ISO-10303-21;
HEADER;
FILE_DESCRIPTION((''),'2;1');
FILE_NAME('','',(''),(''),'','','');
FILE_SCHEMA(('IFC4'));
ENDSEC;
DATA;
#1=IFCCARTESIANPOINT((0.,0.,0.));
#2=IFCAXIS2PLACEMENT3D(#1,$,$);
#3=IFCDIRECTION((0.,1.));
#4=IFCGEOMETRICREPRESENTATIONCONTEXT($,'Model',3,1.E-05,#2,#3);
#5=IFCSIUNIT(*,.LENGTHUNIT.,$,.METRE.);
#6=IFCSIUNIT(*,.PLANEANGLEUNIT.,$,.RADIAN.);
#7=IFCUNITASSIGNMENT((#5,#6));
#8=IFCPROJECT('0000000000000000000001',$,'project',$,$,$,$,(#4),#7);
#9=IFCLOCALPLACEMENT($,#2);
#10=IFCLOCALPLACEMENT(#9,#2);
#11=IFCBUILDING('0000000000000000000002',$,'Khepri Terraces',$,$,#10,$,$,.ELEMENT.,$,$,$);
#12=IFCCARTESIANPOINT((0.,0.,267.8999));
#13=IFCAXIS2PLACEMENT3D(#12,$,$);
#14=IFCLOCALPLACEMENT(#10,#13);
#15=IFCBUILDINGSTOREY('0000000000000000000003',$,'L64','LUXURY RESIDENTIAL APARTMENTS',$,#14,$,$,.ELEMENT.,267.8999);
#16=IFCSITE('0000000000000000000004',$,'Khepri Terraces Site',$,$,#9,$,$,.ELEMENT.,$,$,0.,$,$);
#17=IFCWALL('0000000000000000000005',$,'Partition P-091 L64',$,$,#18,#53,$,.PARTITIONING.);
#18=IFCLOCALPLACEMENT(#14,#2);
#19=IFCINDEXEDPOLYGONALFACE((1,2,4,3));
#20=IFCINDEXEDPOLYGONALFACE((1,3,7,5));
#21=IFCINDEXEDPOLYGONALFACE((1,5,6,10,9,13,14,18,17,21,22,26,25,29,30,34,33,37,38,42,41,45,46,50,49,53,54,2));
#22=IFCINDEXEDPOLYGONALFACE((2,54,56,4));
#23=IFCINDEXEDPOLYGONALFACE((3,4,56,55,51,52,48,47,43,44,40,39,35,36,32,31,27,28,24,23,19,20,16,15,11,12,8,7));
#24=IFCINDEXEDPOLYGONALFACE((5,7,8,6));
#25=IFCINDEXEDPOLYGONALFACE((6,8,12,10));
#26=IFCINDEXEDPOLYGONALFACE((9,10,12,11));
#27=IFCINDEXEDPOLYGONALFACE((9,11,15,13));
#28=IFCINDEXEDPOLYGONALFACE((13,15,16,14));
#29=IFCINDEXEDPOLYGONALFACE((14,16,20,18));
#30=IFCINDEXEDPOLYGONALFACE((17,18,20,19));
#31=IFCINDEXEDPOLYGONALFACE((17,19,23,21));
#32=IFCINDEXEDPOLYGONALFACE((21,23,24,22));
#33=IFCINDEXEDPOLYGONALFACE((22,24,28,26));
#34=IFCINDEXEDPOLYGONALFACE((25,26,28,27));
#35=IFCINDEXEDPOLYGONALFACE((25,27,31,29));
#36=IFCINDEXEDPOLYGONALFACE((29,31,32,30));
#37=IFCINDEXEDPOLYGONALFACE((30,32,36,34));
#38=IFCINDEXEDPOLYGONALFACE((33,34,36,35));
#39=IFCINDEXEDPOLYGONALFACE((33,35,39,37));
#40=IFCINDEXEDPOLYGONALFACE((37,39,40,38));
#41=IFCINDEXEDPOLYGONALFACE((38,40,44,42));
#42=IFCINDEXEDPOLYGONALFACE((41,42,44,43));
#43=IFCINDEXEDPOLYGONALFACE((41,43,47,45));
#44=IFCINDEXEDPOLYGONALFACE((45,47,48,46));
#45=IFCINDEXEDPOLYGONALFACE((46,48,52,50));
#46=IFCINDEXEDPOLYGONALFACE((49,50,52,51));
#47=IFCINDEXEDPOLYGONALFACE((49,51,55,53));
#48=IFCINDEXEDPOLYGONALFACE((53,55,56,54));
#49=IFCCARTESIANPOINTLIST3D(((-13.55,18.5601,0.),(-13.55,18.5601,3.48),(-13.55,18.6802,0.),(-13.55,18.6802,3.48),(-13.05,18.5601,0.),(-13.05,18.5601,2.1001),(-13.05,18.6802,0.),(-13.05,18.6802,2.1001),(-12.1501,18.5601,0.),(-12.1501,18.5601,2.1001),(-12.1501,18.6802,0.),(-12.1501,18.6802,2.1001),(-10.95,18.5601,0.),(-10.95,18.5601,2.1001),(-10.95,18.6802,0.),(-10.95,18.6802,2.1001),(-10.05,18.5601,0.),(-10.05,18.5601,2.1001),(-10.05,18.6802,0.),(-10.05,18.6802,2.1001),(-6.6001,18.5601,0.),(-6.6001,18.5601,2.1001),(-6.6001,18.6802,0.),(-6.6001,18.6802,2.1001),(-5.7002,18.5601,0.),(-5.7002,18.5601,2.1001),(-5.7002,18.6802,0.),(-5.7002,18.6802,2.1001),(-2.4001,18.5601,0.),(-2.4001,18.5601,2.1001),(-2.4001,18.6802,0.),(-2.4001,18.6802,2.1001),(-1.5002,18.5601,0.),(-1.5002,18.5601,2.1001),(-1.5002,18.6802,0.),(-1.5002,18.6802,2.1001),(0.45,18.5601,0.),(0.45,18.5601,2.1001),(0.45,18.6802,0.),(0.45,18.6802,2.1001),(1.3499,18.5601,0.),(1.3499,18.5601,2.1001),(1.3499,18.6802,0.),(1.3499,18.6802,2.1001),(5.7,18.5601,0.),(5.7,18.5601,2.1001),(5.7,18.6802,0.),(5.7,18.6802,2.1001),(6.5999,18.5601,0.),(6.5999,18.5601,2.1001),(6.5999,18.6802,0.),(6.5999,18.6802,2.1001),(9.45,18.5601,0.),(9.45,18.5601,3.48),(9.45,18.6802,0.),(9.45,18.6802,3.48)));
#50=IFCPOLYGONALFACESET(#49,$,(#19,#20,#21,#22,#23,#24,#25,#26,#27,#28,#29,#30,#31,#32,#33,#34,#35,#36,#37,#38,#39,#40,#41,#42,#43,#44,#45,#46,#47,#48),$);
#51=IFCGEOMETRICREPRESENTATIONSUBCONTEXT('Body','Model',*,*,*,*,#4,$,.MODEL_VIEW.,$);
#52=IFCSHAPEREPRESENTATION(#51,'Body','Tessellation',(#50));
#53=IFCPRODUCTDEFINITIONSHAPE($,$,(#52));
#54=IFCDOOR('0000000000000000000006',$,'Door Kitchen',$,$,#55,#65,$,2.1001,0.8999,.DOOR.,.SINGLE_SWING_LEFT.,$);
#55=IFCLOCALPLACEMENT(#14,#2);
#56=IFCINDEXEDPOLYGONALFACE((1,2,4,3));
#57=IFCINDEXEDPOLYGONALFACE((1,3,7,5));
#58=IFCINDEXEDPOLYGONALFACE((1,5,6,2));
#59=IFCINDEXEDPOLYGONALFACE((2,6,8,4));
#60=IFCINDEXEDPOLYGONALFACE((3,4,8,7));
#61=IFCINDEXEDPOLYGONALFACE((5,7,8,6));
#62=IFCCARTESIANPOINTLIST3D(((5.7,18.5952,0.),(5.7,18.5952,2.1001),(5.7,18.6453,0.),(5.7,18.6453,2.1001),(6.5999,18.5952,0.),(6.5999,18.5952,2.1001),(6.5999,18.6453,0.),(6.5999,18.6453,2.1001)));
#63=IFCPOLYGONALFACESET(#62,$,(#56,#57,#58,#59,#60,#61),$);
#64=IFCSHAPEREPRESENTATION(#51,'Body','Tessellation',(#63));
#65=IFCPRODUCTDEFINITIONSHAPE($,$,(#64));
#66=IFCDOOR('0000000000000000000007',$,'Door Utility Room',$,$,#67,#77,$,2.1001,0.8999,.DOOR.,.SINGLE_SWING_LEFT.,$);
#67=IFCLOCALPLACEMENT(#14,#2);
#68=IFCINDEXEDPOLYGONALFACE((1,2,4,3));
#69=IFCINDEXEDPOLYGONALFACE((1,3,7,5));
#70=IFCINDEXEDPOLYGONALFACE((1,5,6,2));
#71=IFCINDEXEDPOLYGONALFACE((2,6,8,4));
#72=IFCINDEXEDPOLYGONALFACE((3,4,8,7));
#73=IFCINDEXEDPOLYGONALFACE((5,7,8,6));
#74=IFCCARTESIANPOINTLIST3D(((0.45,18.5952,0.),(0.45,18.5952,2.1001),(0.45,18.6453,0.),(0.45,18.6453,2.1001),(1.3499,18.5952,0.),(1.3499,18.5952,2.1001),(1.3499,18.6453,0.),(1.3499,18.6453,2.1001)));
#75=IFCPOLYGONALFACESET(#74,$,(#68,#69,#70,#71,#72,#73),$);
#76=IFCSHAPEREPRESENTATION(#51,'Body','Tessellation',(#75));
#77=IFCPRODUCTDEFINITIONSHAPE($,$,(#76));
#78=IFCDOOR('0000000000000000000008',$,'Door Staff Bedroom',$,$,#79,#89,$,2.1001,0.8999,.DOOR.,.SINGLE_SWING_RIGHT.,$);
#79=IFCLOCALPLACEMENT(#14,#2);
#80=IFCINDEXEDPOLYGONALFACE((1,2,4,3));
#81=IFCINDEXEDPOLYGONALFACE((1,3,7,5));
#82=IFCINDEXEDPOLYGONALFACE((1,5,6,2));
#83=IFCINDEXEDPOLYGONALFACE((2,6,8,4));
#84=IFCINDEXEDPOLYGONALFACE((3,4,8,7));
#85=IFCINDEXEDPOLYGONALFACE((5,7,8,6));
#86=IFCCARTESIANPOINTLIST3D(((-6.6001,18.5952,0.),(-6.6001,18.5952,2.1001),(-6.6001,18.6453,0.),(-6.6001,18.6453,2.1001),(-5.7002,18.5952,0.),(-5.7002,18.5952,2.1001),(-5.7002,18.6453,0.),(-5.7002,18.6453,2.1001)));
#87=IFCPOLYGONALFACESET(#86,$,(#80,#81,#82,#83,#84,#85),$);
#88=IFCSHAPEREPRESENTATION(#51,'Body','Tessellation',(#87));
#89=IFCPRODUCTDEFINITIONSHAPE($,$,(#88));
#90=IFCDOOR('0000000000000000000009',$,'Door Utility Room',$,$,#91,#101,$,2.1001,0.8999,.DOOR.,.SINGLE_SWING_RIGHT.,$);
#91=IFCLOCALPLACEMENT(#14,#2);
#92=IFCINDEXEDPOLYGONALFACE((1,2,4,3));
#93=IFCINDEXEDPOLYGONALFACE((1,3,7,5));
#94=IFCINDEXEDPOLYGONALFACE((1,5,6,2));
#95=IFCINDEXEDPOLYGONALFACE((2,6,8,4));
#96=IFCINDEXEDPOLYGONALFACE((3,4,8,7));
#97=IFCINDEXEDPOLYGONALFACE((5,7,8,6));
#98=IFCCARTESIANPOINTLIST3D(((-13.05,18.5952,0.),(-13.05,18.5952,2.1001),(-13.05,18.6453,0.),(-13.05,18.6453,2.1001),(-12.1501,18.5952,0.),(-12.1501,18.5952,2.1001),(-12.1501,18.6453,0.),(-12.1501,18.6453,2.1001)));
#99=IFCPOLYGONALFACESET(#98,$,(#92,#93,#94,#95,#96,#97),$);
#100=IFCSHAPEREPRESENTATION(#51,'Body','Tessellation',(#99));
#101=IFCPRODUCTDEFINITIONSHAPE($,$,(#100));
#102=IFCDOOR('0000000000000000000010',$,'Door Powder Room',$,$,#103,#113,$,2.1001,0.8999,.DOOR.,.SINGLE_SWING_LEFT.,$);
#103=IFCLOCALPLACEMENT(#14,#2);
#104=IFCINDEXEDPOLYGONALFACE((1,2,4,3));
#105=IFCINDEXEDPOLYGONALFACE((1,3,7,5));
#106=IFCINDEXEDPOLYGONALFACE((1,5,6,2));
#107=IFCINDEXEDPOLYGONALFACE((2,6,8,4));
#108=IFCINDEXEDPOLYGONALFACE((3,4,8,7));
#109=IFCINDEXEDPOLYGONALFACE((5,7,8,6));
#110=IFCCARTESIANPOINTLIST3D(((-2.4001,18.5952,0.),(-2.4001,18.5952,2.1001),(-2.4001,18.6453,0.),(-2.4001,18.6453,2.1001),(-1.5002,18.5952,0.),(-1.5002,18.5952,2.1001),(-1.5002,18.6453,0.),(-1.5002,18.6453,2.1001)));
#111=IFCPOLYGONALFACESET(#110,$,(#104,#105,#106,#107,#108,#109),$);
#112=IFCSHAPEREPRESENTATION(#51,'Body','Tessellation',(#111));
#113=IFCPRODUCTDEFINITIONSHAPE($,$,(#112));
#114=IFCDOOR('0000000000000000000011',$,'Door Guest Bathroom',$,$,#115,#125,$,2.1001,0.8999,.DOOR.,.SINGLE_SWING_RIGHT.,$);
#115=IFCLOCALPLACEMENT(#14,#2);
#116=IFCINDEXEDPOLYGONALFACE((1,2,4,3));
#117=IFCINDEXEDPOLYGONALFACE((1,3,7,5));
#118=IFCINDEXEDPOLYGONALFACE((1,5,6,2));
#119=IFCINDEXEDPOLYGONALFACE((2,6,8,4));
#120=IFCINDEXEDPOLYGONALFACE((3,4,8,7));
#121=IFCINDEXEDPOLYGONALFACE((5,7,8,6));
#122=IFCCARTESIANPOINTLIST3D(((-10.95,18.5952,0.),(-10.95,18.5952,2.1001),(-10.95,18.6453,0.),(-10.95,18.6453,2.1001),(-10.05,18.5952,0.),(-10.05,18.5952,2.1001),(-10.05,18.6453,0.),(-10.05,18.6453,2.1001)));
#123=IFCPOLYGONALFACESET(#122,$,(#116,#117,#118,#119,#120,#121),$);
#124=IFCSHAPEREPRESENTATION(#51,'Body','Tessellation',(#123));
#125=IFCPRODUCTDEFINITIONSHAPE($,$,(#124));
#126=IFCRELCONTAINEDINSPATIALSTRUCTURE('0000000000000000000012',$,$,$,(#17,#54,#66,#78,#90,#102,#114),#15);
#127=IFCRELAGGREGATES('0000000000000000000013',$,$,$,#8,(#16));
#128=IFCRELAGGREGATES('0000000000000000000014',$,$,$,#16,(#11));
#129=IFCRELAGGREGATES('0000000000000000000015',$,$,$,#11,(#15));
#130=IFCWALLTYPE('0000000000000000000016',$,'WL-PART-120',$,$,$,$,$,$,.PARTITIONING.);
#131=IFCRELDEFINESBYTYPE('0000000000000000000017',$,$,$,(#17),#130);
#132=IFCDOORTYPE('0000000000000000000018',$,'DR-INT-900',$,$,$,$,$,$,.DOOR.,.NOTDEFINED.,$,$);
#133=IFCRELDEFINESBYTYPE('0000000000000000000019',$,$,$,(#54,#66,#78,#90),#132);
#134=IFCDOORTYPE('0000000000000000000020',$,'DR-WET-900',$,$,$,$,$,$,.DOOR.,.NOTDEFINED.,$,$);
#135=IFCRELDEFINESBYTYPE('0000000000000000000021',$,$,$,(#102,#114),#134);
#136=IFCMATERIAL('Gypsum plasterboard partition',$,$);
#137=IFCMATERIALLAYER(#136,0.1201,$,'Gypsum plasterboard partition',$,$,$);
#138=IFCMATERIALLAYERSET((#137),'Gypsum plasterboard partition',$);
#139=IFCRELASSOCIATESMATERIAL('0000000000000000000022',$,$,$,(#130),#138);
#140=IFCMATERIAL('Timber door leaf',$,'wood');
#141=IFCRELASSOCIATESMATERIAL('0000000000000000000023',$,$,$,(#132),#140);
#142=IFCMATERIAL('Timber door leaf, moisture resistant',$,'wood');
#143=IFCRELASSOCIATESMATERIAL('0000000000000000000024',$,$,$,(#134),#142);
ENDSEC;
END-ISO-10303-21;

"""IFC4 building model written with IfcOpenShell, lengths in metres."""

from ifc_helpers import new_model, si_unit, direction, frame, frame_2d, origin, place, context, subcontext, project, spatial, rectangle, extrude, material, layer, layer_set, type_object, element, fill, save


model = new_model("IFC4")

# Units and contexts
model_context = context("Model", 3, precision=1e-05, world=origin(), true_north=direction((0.0, 1.0)))
body_context = subcontext(model_context, "Body", "Model", "MODEL_VIEW")
ifc_project = project(units=[si_unit("LENGTHUNIT", "METRE"), si_unit("PLANEANGLEUNIT", "RADIAN")], contexts=[model_context])

# Site, building, storey
site_placement = place(None, origin())
site = spatial("IfcSite", under=ifc_project, at=site_placement, Name="Khepri Terraces Site", CompositionType="ELEMENT", RefElevation=0.0)
building_placement = place(site_placement, origin())
building = spatial("IfcBuilding", under=site, at=building_placement, Name="Khepri Terraces", CompositionType="ELEMENT")
storey_placement = place(building_placement, frame((0.0, 0.0, 267.8999)))
storey = spatial("IfcBuildingStorey", under=building, at=storey_placement, Name="L64", Description="LUXURY RESIDENTIAL APARTMENTS", CompositionType="ELEMENT", Elevation=267.8999)

# Shared definitions
ifc_material_1 = material(Name="Gypsum plasterboard partition")
ifc_layer_1 = layer(ifc_material_1, 0.1201, Name="Gypsum plasterboard partition")
ifc_layer_set_1 = layer_set([ifc_layer_1], Name="Gypsum plasterboard partition")
wall_type_1 = type_object("IfcWallType", Name="WL-PART-120", PredefinedType="PARTITIONING", material=ifc_layer_set_1)

# Wall, openings, doors
wall_1_placement = place(storey_placement, frame((-13.55, 18.6201, 0.0), z_axis=(0.0, 0.0, 1.0), x_axis=(1.0, 0.0, 0.0)))
wall_1 = element("IfcWall", 1, at=wall_1_placement, inside=storey, type_object=wall_type_1, Name="Partition P-091 L64", PredefinedType="PARTITIONING", context=body_context, shape_type="SweptSolid", body=[
    extrude(rectangle(XDim=23.0, YDim=0.1201, at=frame_2d((11.5, 0.0))), origin(), (0.0, 0.0, 1.0), 3.48),
])
opening_1_placement = place(wall_1_placement, frame((19.25, 0.0, 0.0)))
opening_1 = element("IfcOpeningElement", 2, at=opening_1_placement, cuts=wall_1, PredefinedType="OPENING", context=body_context, shape_type="SweptSolid", body=[
    extrude(rectangle(XDim=0.8999, YDim=2.1001, at=frame_2d((0.45, 1.05))), frame((0.0, 0.0701, 0.0), z_axis=(0.0, -1.0, 0.0), x_axis=(1.0, 0.0, 0.0)), (0.0, 0.0, 1.0), 0.1401),
])
opening_2_placement = place(wall_1_placement, frame((14.0, 0.0, 0.0)))
opening_2 = element("IfcOpeningElement", 3, at=opening_2_placement, cuts=wall_1, PredefinedType="OPENING", context=body_context, shape_type="SweptSolid", body=[
    extrude(rectangle(XDim=0.8999, YDim=2.1001, at=frame_2d((0.45, 1.05))), frame((0.0, 0.0701, 0.0), z_axis=(0.0, -1.0, 0.0), x_axis=(1.0, 0.0, 0.0)), (0.0, 0.0, 1.0), 0.1401),
])
opening_3_placement = place(wall_1_placement, frame((11.1499, 0.0, 0.0)))
opening_3 = element("IfcOpeningElement", 4, at=opening_3_placement, cuts=wall_1, PredefinedType="OPENING", context=body_context, shape_type="SweptSolid", body=[
    extrude(rectangle(XDim=0.8999, YDim=2.1001, at=frame_2d((0.45, 1.05))), frame((0.0, 0.0701, 0.0), z_axis=(0.0, -1.0, 0.0), x_axis=(1.0, 0.0, 0.0)), (0.0, 0.0, 1.0), 0.1401),
])
opening_4_placement = place(wall_1_placement, frame((6.95, 0.0, 0.0)))
opening_4 = element("IfcOpeningElement", 5, at=opening_4_placement, cuts=wall_1, PredefinedType="OPENING", context=body_context, shape_type="SweptSolid", body=[
    extrude(rectangle(XDim=0.8999, YDim=2.1001, at=frame_2d((0.45, 1.05))), frame((0.0, 0.0701, 0.0), z_axis=(0.0, -1.0, 0.0), x_axis=(1.0, 0.0, 0.0)), (0.0, 0.0, 1.0), 0.1401),
])
opening_5_placement = place(wall_1_placement, frame((2.6001, 0.0, 0.0)))
opening_5 = element("IfcOpeningElement", 6, at=opening_5_placement, cuts=wall_1, PredefinedType="OPENING", context=body_context, shape_type="SweptSolid", body=[
    extrude(rectangle(XDim=0.8999, YDim=2.1001, at=frame_2d((0.45, 1.05))), frame((0.0, 0.0701, 0.0), z_axis=(0.0, -1.0, 0.0), x_axis=(1.0, 0.0, 0.0)), (0.0, 0.0, 1.0), 0.1401),
])
opening_6_placement = place(wall_1_placement, frame((0.5, 0.0, 0.0)))
opening_6 = element("IfcOpeningElement", 7, at=opening_6_placement, cuts=wall_1, PredefinedType="OPENING", context=body_context, shape_type="SweptSolid", body=[
    extrude(rectangle(XDim=0.8999, YDim=2.1001, at=frame_2d((0.45, 1.05))), frame((0.0, 0.0701, 0.0), z_axis=(0.0, -1.0, 0.0), x_axis=(1.0, 0.0, 0.0)), (0.0, 0.0, 1.0), 0.1401),
])
ifc_material_2 = material(Name="Timber door leaf", Category="wood")
door_type_1 = type_object("IfcDoorType", Name="DR-INT-900", OperationType="NOTDEFINED", PredefinedType="DOOR", material=ifc_material_2)
door_1_placement = place(opening_1_placement, frame((0.8999, 0.0, 0.0), z_axis=(0.0, 0.0, 1.0), x_axis=(-1.0, 0.0, 0.0)))
door_1 = element("IfcDoor", 8, at=door_1_placement, inside=storey, type_object=door_type_1, Name="Door Kitchen", OperationType="SINGLE_SWING_LEFT", OverallHeight=2.1001, OverallWidth=0.8999, PredefinedType="DOOR", context=body_context, shape_type="SweptSolid", body=[
    extrude(rectangle(XDim=0.8999, YDim=2.1001, at=frame_2d((0.45, 1.05))), frame((0.0, 0.0249, 0.0), z_axis=(0.0, -1.0, 0.0), x_axis=(1.0, 0.0, 0.0)), (0.0, 0.0, 1.0), 0.05),
])
fill(opening_1, door_1)
door_2_placement = place(opening_2_placement, frame((0.8999, 0.0, 0.0), z_axis=(0.0, 0.0, 1.0), x_axis=(-1.0, 0.0, 0.0)))
door_2 = element("IfcDoor", 9, at=door_2_placement, inside=storey, type_object=door_type_1, Name="Door Utility Room", OperationType="SINGLE_SWING_LEFT", OverallHeight=2.1001, OverallWidth=0.8999, PredefinedType="DOOR", context=body_context, shape_type="SweptSolid", body=[
    extrude(rectangle(XDim=0.8999, YDim=2.1001, at=frame_2d((0.45, 1.05))), frame((0.0, 0.0249, 0.0), z_axis=(0.0, -1.0, 0.0), x_axis=(1.0, 0.0, 0.0)), (0.0, 0.0, 1.0), 0.05),
])
fill(opening_2, door_2)
door_3_placement = place(opening_4_placement, frame((0.8999, 0.0, 0.0), z_axis=(0.0, 0.0, 1.0), x_axis=(-1.0, 0.0, 0.0)))
door_3 = element("IfcDoor", 10, at=door_3_placement, inside=storey, type_object=door_type_1, Name="Door Staff Bedroom", OperationType="SINGLE_SWING_RIGHT", OverallHeight=2.1001, OverallWidth=0.8999, PredefinedType="DOOR", context=body_context, shape_type="SweptSolid", body=[
    extrude(rectangle(XDim=0.8999, YDim=2.1001, at=frame_2d((0.45, 1.05))), frame((0.0, 0.0249, 0.0), z_axis=(0.0, -1.0, 0.0), x_axis=(1.0, 0.0, 0.0)), (0.0, 0.0, 1.0), 0.05),
])
fill(opening_4, door_3)
door_4_placement = place(opening_6_placement, frame((0.8999, 0.0, 0.0), z_axis=(0.0, 0.0, 1.0), x_axis=(-1.0, 0.0, 0.0)))
door_4 = element("IfcDoor", 11, at=door_4_placement, inside=storey, type_object=door_type_1, Name="Door Utility Room", OperationType="SINGLE_SWING_RIGHT", OverallHeight=2.1001, OverallWidth=0.8999, PredefinedType="DOOR", context=body_context, shape_type="SweptSolid", body=[
    extrude(rectangle(XDim=0.8999, YDim=2.1001, at=frame_2d((0.45, 1.05))), frame((0.0, 0.0249, 0.0), z_axis=(0.0, -1.0, 0.0), x_axis=(1.0, 0.0, 0.0)), (0.0, 0.0, 1.0), 0.05),
])
fill(opening_6, door_4)
ifc_material_3 = material(Name="Timber door leaf, moisture resistant", Category="wood")
door_type_2 = type_object("IfcDoorType", Name="DR-WET-900", OperationType="NOTDEFINED", PredefinedType="DOOR", material=ifc_material_3)
door_5_placement = place(opening_3_placement, frame((0.8999, 0.0, 0.0), z_axis=(0.0, 0.0, 1.0), x_axis=(-1.0, 0.0, 0.0)))
door_5 = element("IfcDoor", 12, at=door_5_placement, inside=storey, type_object=door_type_2, Name="Door Powder Room", OperationType="SINGLE_SWING_LEFT", OverallHeight=2.1001, OverallWidth=0.8999, PredefinedType="DOOR", context=body_context, shape_type="SweptSolid", body=[
    extrude(rectangle(XDim=0.8999, YDim=2.1001, at=frame_2d((0.45, 1.05))), frame((0.0, 0.0249, 0.0), z_axis=(0.0, -1.0, 0.0), x_axis=(1.0, 0.0, 0.0)), (0.0, 0.0, 1.0), 0.05),
])
fill(opening_3, door_5)
door_6_placement = place(opening_5_placement, frame((0.8999, 0.0, 0.0), z_axis=(0.0, 0.0, 1.0), x_axis=(-1.0, 0.0, 0.0)))
door_6 = element("IfcDoor", 13, at=door_6_placement, inside=storey, type_object=door_type_2, Name="Door Guest Bathroom", OperationType="SINGLE_SWING_RIGHT", OverallHeight=2.1001, OverallWidth=0.8999, PredefinedType="DOOR", context=body_context, shape_type="SweptSolid", body=[
    extrude(rectangle(XDim=0.8999, YDim=2.1001, at=frame_2d((0.45, 1.05))), frame((0.0, 0.0249, 0.0), z_axis=(0.0, -1.0, 0.0), x_axis=(1.0, 0.0, 0.0)), (0.0, 0.0, 1.0), 0.05),
])
fill(opening_5, door_6)

save(model, "model.ifc")
